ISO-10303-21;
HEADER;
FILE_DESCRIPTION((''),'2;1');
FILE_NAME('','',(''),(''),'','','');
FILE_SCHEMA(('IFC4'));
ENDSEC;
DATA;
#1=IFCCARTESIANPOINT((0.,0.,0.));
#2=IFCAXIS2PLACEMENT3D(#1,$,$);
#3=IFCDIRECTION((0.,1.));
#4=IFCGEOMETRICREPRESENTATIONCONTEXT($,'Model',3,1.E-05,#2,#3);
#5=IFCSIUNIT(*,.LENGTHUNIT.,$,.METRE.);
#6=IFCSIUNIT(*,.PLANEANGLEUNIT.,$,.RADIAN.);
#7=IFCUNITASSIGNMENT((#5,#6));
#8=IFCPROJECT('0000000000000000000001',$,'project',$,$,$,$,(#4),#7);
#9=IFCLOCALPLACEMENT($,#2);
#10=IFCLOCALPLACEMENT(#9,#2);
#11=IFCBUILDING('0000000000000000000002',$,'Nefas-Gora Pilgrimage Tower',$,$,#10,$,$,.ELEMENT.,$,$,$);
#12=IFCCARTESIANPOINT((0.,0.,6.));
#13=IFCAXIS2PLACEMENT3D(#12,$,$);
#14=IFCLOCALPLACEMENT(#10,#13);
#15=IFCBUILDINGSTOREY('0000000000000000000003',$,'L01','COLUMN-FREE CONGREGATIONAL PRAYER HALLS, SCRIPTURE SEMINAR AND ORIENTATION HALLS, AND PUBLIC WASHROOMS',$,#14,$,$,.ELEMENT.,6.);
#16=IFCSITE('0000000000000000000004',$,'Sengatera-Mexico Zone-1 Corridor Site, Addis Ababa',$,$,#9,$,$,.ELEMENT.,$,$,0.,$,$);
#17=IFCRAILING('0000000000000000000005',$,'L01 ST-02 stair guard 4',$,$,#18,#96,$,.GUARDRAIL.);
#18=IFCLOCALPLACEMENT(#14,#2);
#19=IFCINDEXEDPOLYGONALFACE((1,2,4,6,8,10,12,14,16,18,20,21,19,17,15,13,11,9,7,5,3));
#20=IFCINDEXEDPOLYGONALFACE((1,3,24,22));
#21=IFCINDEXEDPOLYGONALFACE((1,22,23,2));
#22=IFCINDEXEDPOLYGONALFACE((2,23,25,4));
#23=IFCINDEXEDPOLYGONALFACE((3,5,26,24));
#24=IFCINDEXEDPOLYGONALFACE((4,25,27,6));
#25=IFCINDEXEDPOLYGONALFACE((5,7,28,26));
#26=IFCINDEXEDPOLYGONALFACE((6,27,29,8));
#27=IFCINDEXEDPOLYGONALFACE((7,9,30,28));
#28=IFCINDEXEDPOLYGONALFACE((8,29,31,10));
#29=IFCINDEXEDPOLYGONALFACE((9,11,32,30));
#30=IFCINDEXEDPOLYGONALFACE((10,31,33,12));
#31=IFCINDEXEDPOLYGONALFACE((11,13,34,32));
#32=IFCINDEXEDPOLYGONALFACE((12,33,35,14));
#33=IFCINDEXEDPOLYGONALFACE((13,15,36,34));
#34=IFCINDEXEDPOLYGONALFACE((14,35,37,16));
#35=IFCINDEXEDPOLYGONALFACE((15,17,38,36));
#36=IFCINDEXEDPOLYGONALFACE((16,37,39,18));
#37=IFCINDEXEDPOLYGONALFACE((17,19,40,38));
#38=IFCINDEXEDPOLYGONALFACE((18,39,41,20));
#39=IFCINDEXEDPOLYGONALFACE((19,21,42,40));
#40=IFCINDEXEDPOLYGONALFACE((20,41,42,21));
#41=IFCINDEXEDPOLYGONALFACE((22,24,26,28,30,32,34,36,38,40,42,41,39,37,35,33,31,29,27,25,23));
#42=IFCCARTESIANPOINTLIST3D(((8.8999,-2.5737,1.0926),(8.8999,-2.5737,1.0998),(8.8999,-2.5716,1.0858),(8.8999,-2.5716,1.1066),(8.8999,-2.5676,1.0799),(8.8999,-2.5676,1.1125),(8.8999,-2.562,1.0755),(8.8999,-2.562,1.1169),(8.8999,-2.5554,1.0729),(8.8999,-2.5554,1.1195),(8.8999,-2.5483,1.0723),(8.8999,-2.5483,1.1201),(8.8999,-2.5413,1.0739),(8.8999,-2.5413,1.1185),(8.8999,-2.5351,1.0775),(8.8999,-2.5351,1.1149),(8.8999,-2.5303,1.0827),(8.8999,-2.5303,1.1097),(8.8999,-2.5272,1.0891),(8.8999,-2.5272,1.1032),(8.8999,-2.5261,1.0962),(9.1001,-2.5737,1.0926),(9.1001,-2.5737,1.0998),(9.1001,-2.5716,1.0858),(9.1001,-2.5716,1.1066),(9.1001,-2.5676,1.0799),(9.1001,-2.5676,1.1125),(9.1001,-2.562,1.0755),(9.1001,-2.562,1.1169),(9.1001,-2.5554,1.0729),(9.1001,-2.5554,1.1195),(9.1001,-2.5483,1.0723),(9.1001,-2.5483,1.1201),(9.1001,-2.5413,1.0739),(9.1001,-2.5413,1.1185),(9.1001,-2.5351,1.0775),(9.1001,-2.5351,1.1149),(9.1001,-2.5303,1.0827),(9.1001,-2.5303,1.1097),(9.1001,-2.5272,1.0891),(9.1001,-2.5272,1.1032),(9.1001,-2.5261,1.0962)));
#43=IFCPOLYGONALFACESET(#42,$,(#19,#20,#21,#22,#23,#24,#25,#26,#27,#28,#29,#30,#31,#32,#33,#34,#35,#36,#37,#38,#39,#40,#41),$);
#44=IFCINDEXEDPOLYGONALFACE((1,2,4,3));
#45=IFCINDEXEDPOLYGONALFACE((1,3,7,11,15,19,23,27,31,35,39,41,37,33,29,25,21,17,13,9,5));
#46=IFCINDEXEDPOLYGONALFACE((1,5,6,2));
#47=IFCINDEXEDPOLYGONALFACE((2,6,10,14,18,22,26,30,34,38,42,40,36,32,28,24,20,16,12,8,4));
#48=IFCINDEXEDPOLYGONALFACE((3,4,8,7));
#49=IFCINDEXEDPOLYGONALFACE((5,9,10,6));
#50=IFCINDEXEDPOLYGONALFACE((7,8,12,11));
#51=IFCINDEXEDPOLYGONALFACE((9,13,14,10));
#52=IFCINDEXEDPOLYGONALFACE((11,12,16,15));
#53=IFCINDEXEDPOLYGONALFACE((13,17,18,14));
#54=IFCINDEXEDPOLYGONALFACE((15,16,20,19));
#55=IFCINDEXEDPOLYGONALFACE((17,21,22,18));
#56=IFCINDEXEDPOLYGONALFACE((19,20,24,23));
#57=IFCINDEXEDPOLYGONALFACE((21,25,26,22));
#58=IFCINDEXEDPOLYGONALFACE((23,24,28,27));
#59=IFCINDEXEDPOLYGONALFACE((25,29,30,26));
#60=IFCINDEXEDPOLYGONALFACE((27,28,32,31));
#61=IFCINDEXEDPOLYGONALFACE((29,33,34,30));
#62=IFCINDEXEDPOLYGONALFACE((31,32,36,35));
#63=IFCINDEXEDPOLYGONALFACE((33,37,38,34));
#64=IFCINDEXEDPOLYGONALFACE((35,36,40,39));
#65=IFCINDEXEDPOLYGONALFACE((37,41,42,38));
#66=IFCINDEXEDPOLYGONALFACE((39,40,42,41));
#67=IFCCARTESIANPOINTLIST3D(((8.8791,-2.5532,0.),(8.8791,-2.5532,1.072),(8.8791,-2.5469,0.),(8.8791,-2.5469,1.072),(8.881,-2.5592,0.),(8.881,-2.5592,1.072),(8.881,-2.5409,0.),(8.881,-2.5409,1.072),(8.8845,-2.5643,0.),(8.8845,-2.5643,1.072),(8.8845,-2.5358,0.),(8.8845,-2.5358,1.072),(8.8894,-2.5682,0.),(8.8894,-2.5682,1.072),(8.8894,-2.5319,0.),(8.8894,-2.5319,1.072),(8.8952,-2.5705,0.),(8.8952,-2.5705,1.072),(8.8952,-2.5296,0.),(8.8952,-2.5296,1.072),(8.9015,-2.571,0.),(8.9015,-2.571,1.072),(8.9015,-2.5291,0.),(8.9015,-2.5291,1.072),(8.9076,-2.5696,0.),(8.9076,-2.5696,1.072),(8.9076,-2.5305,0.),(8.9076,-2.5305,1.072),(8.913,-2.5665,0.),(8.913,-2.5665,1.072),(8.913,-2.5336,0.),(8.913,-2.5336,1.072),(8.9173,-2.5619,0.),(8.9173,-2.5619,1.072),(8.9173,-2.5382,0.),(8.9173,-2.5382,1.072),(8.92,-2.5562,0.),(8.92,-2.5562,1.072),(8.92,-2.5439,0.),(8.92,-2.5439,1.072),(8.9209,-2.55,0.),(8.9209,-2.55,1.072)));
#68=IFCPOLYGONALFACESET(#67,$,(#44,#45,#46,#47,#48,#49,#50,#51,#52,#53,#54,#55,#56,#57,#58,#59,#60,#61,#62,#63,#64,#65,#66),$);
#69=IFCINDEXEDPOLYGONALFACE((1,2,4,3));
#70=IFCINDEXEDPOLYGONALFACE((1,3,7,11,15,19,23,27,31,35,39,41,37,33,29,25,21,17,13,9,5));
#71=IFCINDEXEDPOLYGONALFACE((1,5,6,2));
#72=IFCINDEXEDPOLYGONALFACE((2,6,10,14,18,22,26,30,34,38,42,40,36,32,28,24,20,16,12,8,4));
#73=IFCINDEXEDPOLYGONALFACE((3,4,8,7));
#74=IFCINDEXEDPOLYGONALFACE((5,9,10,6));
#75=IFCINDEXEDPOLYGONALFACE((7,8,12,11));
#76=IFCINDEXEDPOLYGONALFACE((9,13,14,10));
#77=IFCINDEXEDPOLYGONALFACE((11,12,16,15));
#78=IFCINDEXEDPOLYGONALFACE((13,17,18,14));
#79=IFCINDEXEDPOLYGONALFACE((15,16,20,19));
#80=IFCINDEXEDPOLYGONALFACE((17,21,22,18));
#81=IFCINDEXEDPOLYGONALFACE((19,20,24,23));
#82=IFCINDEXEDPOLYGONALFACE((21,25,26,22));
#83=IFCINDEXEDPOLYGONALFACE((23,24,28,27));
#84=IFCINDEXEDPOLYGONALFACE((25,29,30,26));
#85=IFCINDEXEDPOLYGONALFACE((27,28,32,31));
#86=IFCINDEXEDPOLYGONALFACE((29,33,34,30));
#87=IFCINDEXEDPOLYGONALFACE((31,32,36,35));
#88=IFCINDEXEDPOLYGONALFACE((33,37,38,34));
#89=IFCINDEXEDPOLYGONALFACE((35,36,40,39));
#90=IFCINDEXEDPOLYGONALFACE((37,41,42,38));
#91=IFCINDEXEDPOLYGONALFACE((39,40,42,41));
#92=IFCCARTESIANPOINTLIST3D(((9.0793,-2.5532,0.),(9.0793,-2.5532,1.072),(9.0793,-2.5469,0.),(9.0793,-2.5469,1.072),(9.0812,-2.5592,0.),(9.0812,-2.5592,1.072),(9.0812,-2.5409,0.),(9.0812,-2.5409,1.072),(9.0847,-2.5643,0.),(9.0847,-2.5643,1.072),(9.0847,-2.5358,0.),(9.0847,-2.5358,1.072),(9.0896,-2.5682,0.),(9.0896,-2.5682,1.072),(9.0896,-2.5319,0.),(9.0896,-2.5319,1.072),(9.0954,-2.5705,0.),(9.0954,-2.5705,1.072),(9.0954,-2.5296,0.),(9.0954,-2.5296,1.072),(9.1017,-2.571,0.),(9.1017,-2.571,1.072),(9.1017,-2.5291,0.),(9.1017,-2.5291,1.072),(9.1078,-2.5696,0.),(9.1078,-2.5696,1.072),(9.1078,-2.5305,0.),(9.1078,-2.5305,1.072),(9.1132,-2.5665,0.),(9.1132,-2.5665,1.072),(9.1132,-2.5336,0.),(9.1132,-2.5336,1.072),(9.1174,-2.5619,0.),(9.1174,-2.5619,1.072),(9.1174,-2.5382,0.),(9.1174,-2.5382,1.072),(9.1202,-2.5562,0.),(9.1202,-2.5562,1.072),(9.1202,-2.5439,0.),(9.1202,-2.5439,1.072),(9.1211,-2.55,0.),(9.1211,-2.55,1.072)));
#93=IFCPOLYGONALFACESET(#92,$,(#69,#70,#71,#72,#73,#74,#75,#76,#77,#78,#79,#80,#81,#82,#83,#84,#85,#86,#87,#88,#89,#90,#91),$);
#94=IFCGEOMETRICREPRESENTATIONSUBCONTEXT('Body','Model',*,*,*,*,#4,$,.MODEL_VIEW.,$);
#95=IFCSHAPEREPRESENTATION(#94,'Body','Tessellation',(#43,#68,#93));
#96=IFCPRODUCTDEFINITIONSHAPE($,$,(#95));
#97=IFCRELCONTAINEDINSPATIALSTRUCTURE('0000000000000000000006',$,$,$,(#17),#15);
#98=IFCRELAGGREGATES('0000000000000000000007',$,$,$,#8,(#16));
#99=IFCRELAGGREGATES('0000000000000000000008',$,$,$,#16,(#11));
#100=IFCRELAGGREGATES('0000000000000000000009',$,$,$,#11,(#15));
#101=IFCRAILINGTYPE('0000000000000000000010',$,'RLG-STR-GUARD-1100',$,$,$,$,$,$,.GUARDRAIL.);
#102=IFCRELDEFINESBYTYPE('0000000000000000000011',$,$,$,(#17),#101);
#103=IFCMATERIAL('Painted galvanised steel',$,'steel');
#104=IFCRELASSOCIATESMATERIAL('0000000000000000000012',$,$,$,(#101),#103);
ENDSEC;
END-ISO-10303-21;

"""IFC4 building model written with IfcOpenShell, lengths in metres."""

from ifc_helpers import new_model, si_unit, direction, frame, origin, origin_2d, place, context, subcontext, project, spatial, circle, extrude, material, type_object, element, save


model = new_model("IFC4")

# Units and contexts
model_context = context("Model", 3, precision=1e-05, world=origin(), true_north=direction((0.0, 1.0)))
body_context = subcontext(model_context, "Body", "Model", "MODEL_VIEW")
ifc_project = project(units=[si_unit("LENGTHUNIT", "METRE"), si_unit("PLANEANGLEUNIT", "RADIAN")], contexts=[model_context])

# Site, building, storey
site_placement = place(None, origin())
site = spatial("IfcSite", under=ifc_project, at=site_placement, Name="Sengatera-Mexico Zone-1 Corridor Site, Addis Ababa", CompositionType="ELEMENT", RefElevation=0.0)
building_placement = place(site_placement, origin())
building = spatial("IfcBuilding", under=site, at=building_placement, Name="Nefas-Gora Pilgrimage Tower", CompositionType="ELEMENT")
storey_placement = place(building_placement, frame((0.0, 0.0, 6.0)))
storey = spatial("IfcBuildingStorey", under=building, at=storey_placement, Name="L01", Description="COLUMN-FREE CONGREGATIONAL PRAYER HALLS, SCRIPTURE SEMINAR AND ORIENTATION HALLS, AND PUBLIC WASHROOMS", CompositionType="ELEMENT", Elevation=6.0)

# Railing
ifc_material_1 = material(Name="Painted galvanised steel", Category="steel")
railing_type_1 = type_object("IfcRailingType", Name="RLG-STR-GUARD-1100", PredefinedType="GUARDRAIL", material=ifc_material_1)
railing_1_placement = place(storey_placement, frame((8.8999, -2.55, 0.0)))
element("IfcRailing", 1, at=railing_1_placement, inside=storey, type_object=railing_type_1, Name="L01 ST-02 stair guard 4", PredefinedType="GUARDRAIL", context=body_context, shape_type="SweptSolid", body=[
    extrude(circle(Radius=0.0239, at=origin_2d()), frame((0.0, 0.0, 1.0962), z_axis=(1.0, 0.0, 0.0), x_axis=(0.0, 1.0, 0.0)), (0.0, 0.0, 1.0), 0.2002),
    extrude(circle(Radius=0.021, at=origin_2d()), origin(), (0.0, 0.0, 1.0), 1.072),
    extrude(circle(Radius=0.021, at=origin_2d()), frame((0.2002, 0.0, 0.0)), (0.0, 0.0, 1.0), 1.072),
])

save(model, "model.ifc")
